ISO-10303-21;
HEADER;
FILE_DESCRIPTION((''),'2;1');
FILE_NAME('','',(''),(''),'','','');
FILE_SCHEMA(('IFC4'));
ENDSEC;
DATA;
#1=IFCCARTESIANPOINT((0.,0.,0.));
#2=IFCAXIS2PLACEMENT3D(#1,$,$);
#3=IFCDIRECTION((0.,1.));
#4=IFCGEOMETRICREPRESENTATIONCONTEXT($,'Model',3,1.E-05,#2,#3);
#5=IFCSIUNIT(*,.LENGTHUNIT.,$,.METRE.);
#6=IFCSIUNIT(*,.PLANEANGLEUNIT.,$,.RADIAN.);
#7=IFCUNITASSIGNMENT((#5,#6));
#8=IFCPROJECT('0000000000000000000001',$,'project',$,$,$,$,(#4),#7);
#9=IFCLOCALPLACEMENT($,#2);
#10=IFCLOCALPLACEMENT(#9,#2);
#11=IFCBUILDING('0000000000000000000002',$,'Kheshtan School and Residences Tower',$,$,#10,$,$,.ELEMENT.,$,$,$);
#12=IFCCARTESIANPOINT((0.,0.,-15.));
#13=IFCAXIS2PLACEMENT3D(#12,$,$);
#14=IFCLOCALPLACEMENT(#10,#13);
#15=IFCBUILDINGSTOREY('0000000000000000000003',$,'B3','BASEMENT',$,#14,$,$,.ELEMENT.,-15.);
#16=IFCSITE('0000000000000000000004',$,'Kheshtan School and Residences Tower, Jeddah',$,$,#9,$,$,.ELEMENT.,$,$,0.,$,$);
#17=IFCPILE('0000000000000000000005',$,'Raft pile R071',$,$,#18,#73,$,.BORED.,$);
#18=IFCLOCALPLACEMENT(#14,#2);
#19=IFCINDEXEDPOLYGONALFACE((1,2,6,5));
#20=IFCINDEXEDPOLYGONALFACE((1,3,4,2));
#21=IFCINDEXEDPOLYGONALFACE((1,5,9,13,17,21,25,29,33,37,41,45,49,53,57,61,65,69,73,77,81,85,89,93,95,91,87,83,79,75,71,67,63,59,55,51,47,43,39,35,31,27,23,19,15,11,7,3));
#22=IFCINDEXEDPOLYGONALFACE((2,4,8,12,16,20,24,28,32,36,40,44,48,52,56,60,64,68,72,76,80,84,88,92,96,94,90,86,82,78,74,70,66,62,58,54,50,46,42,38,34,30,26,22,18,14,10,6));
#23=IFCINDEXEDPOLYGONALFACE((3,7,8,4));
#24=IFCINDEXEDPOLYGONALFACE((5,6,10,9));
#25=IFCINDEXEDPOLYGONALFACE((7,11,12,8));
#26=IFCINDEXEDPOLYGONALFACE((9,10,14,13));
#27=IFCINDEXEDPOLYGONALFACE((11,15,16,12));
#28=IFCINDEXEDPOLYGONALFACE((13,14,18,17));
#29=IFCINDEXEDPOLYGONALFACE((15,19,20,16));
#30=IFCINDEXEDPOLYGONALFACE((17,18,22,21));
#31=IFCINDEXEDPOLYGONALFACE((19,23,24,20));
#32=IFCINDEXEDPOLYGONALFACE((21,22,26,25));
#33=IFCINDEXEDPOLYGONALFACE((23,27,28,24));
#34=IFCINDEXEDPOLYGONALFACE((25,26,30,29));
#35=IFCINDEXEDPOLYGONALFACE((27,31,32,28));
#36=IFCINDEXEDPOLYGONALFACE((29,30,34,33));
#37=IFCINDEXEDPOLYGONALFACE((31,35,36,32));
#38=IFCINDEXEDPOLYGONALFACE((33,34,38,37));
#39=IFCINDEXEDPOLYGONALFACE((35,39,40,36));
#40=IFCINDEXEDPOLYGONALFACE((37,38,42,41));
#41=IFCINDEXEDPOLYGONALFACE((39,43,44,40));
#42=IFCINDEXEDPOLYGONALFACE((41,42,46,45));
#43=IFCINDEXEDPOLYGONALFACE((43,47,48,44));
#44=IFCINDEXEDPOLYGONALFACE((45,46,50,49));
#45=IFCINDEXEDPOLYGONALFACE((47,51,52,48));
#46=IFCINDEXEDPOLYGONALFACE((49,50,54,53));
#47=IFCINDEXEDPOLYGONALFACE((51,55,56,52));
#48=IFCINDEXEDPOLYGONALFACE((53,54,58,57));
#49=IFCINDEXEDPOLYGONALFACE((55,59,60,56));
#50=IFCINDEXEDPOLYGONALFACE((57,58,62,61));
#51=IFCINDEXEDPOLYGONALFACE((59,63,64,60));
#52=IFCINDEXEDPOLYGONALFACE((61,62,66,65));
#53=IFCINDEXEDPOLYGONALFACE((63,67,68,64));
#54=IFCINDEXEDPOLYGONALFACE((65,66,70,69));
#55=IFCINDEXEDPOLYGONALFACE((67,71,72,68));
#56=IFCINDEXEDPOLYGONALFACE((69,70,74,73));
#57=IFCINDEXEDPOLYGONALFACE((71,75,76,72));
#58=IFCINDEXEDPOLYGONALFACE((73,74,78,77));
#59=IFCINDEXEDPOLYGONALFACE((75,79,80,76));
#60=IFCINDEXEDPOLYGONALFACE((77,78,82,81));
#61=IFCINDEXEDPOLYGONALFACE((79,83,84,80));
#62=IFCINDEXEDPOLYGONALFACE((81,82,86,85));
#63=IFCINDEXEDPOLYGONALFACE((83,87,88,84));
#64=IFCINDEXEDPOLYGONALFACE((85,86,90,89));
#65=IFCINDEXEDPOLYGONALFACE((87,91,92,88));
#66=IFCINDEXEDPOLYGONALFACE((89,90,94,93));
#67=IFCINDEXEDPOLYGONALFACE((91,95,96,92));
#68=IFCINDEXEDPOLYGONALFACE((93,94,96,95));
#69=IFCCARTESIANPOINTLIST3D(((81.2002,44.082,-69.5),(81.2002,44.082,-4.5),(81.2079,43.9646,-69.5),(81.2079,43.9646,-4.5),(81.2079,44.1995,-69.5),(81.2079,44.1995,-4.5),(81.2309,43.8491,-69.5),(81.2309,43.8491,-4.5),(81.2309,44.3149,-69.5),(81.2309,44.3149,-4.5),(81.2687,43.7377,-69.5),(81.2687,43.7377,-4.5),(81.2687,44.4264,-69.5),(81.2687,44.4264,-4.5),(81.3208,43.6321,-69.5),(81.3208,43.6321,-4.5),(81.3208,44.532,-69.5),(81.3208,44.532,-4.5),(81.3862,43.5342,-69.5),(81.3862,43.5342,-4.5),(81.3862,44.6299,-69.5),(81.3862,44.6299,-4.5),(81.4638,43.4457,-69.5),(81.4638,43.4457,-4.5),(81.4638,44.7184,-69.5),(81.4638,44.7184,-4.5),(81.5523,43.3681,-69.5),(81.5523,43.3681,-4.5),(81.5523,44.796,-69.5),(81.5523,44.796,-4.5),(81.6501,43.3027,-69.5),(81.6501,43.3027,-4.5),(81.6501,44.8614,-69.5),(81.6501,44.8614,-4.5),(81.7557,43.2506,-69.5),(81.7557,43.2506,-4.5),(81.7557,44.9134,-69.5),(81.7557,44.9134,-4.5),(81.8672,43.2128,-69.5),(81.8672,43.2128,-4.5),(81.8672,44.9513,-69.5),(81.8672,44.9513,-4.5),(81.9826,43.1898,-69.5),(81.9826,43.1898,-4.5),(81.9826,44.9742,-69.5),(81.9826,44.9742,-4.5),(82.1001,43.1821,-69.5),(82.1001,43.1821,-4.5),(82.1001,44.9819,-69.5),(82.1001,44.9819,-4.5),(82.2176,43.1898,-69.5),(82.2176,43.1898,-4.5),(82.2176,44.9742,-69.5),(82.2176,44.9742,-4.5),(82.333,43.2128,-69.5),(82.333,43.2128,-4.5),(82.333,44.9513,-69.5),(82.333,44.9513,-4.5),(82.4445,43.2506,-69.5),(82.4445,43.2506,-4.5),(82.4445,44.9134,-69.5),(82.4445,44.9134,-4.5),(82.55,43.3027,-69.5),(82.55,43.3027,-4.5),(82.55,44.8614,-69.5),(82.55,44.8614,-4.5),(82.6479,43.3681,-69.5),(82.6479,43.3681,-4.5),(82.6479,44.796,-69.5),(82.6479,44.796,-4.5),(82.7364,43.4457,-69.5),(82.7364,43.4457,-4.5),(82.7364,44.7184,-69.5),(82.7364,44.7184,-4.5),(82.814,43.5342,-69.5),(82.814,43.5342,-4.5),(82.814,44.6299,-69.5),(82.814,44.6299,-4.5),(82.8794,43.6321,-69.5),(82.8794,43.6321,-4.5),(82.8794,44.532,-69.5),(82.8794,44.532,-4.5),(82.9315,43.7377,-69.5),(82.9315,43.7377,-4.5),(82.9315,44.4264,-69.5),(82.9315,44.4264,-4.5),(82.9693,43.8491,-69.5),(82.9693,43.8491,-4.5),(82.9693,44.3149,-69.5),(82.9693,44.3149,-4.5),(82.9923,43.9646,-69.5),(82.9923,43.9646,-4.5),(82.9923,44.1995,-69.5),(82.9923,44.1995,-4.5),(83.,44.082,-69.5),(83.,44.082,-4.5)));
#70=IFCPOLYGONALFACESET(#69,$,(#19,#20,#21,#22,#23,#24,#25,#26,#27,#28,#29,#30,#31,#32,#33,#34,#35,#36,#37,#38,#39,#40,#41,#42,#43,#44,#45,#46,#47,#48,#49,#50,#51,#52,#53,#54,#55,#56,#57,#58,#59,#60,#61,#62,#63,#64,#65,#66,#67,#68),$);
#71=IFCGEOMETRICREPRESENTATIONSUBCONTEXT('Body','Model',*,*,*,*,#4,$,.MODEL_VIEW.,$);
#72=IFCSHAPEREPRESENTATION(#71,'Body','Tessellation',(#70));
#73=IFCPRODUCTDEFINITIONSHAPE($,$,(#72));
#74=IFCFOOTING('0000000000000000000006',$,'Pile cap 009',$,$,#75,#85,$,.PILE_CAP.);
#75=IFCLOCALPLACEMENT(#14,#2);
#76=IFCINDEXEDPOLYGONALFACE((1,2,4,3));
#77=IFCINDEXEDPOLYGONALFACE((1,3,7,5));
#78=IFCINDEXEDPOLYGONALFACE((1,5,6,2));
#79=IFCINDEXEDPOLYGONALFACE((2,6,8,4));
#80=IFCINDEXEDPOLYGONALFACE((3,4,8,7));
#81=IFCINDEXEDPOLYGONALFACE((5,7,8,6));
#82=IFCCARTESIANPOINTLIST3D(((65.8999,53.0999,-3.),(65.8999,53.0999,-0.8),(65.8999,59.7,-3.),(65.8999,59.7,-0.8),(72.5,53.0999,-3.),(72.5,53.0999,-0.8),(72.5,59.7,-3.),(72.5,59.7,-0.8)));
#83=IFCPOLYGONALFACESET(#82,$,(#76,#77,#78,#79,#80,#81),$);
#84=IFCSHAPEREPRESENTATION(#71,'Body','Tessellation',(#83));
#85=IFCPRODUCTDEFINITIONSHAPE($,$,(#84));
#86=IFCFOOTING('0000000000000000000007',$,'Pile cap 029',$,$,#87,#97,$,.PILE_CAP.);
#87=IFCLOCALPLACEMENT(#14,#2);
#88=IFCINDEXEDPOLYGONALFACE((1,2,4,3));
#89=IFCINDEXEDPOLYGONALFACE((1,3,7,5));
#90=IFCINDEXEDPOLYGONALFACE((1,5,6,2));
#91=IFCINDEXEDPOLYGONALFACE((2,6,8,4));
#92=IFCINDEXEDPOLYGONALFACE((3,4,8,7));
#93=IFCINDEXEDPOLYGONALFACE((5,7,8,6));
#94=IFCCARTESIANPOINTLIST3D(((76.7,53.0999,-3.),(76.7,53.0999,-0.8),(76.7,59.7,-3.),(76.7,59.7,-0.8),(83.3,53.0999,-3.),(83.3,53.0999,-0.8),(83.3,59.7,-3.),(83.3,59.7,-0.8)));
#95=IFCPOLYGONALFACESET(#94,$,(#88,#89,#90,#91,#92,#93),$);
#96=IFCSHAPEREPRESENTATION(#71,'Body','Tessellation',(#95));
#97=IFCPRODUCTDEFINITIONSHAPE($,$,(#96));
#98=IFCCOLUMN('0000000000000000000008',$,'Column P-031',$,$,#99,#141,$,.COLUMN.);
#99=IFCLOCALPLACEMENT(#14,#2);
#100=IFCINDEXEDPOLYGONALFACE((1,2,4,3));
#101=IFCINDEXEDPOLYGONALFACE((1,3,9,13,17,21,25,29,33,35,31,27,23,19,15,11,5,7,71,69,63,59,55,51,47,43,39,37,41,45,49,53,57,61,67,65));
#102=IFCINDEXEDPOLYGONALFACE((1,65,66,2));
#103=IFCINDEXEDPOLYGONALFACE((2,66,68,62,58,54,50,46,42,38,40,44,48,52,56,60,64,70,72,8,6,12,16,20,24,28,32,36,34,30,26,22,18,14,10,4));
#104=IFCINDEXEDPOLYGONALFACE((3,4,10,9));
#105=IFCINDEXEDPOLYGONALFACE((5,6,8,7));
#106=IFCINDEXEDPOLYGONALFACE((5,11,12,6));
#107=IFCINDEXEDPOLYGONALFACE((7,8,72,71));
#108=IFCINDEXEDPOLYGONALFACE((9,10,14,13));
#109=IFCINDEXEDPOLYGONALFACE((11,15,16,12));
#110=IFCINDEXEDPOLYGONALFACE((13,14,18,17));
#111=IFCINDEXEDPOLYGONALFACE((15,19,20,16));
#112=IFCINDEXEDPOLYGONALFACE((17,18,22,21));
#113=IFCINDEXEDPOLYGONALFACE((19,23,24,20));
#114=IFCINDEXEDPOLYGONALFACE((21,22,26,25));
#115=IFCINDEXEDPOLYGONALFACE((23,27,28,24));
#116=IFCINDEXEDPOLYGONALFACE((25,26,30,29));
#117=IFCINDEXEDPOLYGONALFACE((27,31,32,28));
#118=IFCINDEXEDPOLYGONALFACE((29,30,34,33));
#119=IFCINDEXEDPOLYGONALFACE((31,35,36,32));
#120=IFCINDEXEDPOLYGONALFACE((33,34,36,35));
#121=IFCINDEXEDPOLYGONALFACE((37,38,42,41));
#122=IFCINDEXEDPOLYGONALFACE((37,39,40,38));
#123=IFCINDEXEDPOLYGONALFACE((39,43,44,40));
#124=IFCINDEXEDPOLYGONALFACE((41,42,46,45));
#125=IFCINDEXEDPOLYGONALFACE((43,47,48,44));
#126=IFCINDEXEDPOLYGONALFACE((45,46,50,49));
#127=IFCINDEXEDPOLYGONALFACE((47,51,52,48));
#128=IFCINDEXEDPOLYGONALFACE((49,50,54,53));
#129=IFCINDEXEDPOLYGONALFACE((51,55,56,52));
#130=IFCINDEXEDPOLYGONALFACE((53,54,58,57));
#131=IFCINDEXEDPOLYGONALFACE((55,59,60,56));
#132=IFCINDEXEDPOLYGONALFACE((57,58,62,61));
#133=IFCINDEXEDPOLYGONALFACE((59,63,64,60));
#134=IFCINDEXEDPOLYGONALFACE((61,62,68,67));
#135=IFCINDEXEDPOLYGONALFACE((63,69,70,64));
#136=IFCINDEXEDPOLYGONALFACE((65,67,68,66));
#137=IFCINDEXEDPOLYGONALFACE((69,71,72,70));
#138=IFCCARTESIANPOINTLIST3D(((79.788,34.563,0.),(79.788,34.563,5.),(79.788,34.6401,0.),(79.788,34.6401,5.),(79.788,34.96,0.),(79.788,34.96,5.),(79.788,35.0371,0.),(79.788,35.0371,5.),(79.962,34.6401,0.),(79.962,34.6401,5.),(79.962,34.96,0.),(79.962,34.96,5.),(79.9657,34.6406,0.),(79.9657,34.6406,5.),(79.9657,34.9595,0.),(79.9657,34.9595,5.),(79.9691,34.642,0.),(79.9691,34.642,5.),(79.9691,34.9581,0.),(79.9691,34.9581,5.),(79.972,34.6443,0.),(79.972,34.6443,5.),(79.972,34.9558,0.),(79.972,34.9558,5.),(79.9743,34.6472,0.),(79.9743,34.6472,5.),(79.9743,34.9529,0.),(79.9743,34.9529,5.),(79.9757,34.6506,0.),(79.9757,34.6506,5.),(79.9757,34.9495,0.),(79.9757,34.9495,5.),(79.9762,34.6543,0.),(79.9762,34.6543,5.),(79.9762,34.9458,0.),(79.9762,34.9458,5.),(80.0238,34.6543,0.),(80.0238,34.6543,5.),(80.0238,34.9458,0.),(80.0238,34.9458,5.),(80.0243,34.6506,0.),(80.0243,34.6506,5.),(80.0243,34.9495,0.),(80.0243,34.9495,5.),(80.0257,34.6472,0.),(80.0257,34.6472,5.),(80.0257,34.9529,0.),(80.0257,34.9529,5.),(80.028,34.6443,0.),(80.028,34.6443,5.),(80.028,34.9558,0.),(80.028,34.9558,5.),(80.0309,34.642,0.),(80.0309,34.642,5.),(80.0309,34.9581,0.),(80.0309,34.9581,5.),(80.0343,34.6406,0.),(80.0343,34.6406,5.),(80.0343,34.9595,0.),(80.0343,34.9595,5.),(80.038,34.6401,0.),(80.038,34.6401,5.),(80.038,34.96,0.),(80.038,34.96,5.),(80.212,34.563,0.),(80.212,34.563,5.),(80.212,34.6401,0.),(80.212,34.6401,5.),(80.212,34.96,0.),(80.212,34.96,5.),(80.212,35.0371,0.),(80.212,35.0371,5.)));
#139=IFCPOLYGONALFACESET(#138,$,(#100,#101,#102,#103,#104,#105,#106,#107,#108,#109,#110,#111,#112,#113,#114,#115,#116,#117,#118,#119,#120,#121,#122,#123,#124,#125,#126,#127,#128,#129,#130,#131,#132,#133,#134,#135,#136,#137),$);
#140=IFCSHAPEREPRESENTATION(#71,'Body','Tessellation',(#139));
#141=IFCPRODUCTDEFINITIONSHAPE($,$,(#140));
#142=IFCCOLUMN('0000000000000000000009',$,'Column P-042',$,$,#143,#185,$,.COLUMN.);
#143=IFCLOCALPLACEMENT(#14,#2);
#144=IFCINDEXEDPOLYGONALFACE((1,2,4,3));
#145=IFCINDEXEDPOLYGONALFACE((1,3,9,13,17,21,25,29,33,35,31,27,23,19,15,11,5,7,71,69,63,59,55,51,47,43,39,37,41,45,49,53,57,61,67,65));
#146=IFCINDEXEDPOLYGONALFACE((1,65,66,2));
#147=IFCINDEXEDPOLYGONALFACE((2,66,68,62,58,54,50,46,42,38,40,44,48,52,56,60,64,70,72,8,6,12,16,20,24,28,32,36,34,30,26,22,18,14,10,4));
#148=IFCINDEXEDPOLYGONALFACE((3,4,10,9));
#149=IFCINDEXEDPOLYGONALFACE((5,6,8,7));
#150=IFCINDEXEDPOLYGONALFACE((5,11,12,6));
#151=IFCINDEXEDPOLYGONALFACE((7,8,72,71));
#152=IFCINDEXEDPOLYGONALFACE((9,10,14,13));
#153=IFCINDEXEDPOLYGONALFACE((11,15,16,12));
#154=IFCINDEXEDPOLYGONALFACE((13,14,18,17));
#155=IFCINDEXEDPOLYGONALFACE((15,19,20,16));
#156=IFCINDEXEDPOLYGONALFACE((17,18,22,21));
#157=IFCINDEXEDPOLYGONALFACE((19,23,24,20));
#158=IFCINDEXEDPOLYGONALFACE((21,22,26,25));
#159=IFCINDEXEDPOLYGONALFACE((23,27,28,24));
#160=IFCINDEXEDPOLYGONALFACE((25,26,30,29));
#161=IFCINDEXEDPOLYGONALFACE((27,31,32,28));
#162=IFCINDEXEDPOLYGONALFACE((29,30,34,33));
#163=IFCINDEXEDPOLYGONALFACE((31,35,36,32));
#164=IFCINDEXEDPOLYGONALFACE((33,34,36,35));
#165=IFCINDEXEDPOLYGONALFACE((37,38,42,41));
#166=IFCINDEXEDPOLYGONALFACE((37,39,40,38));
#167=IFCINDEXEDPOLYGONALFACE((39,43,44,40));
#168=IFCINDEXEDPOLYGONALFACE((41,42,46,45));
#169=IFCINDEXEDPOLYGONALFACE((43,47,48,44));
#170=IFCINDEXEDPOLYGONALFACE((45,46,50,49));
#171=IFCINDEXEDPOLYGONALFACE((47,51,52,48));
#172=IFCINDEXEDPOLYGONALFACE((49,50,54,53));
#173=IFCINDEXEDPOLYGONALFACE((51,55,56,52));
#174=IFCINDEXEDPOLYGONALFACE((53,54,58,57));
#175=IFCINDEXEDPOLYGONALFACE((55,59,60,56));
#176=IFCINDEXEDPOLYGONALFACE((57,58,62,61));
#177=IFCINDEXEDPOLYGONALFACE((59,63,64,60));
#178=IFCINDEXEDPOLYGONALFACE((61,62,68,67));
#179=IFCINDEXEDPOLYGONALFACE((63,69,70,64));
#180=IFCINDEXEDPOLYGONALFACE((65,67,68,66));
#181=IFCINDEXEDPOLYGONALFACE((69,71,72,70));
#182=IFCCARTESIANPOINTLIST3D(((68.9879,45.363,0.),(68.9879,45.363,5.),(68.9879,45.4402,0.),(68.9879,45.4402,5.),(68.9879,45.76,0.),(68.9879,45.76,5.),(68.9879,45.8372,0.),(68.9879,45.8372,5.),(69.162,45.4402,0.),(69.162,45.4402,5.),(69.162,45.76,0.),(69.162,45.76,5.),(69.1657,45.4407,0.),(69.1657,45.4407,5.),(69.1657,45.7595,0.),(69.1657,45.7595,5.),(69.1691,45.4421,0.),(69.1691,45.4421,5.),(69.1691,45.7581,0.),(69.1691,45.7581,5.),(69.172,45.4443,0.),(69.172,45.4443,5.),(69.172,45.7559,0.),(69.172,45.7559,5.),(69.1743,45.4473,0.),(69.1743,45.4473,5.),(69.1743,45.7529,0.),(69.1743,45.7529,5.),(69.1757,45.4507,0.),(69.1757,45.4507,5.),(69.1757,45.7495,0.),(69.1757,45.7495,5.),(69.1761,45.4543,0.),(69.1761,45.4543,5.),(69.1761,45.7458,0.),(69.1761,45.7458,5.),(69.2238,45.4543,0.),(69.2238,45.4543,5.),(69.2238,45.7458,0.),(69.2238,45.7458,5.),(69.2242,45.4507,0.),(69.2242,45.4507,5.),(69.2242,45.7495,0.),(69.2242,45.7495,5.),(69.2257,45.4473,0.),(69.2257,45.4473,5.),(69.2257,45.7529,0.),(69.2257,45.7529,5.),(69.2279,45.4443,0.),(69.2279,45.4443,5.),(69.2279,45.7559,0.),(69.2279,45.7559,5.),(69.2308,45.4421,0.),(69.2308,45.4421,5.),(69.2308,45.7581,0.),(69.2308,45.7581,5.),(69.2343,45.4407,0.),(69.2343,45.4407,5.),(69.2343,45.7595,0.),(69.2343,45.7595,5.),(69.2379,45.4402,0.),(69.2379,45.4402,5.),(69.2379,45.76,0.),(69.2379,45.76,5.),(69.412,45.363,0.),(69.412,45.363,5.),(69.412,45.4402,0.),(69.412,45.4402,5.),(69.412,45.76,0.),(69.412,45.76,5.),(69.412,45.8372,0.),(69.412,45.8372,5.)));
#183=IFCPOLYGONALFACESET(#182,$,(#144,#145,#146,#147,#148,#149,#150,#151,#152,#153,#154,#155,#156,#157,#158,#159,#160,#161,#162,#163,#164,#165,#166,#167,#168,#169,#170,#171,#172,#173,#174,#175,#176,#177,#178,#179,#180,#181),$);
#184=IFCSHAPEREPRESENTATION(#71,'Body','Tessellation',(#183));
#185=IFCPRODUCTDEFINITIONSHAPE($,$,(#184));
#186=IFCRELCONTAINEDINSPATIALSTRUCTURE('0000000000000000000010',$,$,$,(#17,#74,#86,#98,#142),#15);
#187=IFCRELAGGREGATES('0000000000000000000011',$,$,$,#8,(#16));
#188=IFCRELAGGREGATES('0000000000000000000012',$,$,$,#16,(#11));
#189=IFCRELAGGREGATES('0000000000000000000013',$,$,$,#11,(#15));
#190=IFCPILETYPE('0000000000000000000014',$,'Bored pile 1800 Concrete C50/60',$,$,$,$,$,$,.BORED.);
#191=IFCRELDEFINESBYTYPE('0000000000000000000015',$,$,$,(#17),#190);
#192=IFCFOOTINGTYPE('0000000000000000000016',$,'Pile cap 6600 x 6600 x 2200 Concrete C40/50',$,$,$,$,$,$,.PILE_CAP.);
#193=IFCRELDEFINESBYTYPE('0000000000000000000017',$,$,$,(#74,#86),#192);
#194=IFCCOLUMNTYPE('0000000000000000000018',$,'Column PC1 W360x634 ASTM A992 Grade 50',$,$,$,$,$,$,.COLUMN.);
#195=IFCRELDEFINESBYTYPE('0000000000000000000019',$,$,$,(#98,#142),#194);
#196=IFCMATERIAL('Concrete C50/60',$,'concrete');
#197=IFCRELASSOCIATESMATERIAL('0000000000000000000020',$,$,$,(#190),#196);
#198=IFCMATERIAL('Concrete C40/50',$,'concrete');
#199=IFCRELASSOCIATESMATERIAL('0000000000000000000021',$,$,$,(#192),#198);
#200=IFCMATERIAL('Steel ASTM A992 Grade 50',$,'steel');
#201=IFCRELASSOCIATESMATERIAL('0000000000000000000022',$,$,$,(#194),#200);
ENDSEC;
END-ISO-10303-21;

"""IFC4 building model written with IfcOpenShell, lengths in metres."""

from ifc_helpers import new_model, si_unit, direction, frame, origin, origin_2d, place, context, subcontext, project, spatial, rectangle, circle, i_section, extrude, material, material_profile, profile_set, type_object, element, save


model = new_model("IFC4")

# Units and contexts
model_context = context("Model", 3, precision=1e-05, world=origin(), true_north=direction((0.0, 1.0)))
body_context = subcontext(model_context, "Body", "Model", "MODEL_VIEW")
ifc_project = project(units=[si_unit("LENGTHUNIT", "METRE"), si_unit("PLANEANGLEUNIT", "RADIAN")], contexts=[model_context])

# Site, building, storey
site_placement = place(None, origin())
site = spatial("IfcSite", under=ifc_project, at=site_placement, Name="Kheshtan School and Residences Tower, Jeddah", CompositionType="ELEMENT", RefElevation=0.0)
building_placement = place(site_placement, origin())
building = spatial("IfcBuilding", under=site, at=building_placement, Name="Kheshtan School and Residences Tower", CompositionType="ELEMENT")
storey_placement = place(building_placement, frame((0.0, 0.0, -15.0)))
storey = spatial("IfcBuildingStorey", under=building, at=storey_placement, Name="B3", Description="BASEMENT", CompositionType="ELEMENT", Elevation=-15.0)

# Pile
ifc_material_1 = material(Name="Concrete C50/60", Category="concrete")
ifc_material_profile_1 = material_profile(ifc_material_1, circle(Radius=0.8999, at=origin_2d()), Name="BP 1800")
ifc_profile_set_1 = profile_set([ifc_material_profile_1], Name="Concrete C50/60")
pile_type_1 = type_object("IfcPileType", Name="Bored pile 1800 Concrete C50/60", PredefinedType="BORED", material=ifc_profile_set_1)
for number, where, z_axis, x_axis, name in (
    (1, (82.1001, 44.082, -4.5), (0.0, 0.0, -1.0), (1.0, 0.0, 0.0), "Raft pile R071"),
):
    element("IfcPile", number, at=place(storey_placement, frame(where, z_axis=z_axis, x_axis=x_axis)), inside=storey, type_object=pile_type_1, Name=name, PredefinedType="BORED", context=body_context, shape_type="SweptSolid", body=[
        extrude(circle(Radius=0.8999, at=origin_2d()), origin(), (0.0, 0.0, 1.0), 65.0),
    ])

# Footings
ifc_material_2 = material(Name="Concrete C40/50", Category="concrete")
footing_type = type_object("IfcFootingType", Name="Pile cap 6600 x 6600 x 2200 Concrete C40/50", PredefinedType="PILE_CAP", material=ifc_material_2)
for number, where, z_axis, x_axis, name in (
    (2, (69.2, 56.3999, -3.0), (0.0, 0.0, 1.0), (1.0, 0.0, 0.0), "Pile cap 009"),
    (3, (80.0, 56.3999, -3.0), (0.0, 0.0, 1.0), (1.0, 0.0, 0.0), "Pile cap 029"),
):
    element("IfcFooting", number, at=place(storey_placement, frame(where, z_axis=z_axis, x_axis=x_axis)), inside=storey, type_object=footing_type, Name=name, PredefinedType="PILE_CAP", context=body_context, shape_type="SweptSolid", body=[
        extrude(rectangle(XDim=6.6001, YDim=6.6001, at=origin_2d()), origin(), (0.0, 0.0, 1.0), 2.2),
    ])

# Columns
ifc_material_3 = material(Name="Steel ASTM A992 Grade 50", Category="steel")
ifc_material_profile_2 = material_profile(ifc_material_3, i_section(OverallWidth=0.4241, OverallDepth=0.4741, WebThickness=0.0476, FlangeThickness=0.0771, FilletRadius=0.0142, at=origin_2d()), Name="W360x634")
ifc_profile_set_2 = profile_set([ifc_material_profile_2], Name="Steel ASTM A992 Grade 50")
column_type = type_object("IfcColumnType", Name="Column PC1 W360x634 ASTM A992 Grade 50", PredefinedType="COLUMN", material=ifc_profile_set_2)
for number, where, z_axis, x_axis, name in (
    (4, (80.0, 34.8, 0.0), (0.0, 0.0, 1.0), (1.0, 0.0, 0.0), "Column P-031"),
    (5, (69.2, 45.6001, 0.0), (0.0, 0.0, 1.0), (1.0, 0.0, 0.0), "Column P-042"),
):
    element("IfcColumn", number, at=place(storey_placement, frame(where, z_axis=z_axis, x_axis=x_axis)), inside=storey, type_object=column_type, Name=name, PredefinedType="COLUMN", context=body_context, shape_type="SweptSolid", body=[
        extrude(i_section(OverallWidth=0.4241, OverallDepth=0.4741, WebThickness=0.0476, FlangeThickness=0.0771, FilletRadius=0.0142, at=origin_2d()), origin(), (0.0, 0.0, 1.0), 5.0),
    ])

save(model, "model.ifc")
